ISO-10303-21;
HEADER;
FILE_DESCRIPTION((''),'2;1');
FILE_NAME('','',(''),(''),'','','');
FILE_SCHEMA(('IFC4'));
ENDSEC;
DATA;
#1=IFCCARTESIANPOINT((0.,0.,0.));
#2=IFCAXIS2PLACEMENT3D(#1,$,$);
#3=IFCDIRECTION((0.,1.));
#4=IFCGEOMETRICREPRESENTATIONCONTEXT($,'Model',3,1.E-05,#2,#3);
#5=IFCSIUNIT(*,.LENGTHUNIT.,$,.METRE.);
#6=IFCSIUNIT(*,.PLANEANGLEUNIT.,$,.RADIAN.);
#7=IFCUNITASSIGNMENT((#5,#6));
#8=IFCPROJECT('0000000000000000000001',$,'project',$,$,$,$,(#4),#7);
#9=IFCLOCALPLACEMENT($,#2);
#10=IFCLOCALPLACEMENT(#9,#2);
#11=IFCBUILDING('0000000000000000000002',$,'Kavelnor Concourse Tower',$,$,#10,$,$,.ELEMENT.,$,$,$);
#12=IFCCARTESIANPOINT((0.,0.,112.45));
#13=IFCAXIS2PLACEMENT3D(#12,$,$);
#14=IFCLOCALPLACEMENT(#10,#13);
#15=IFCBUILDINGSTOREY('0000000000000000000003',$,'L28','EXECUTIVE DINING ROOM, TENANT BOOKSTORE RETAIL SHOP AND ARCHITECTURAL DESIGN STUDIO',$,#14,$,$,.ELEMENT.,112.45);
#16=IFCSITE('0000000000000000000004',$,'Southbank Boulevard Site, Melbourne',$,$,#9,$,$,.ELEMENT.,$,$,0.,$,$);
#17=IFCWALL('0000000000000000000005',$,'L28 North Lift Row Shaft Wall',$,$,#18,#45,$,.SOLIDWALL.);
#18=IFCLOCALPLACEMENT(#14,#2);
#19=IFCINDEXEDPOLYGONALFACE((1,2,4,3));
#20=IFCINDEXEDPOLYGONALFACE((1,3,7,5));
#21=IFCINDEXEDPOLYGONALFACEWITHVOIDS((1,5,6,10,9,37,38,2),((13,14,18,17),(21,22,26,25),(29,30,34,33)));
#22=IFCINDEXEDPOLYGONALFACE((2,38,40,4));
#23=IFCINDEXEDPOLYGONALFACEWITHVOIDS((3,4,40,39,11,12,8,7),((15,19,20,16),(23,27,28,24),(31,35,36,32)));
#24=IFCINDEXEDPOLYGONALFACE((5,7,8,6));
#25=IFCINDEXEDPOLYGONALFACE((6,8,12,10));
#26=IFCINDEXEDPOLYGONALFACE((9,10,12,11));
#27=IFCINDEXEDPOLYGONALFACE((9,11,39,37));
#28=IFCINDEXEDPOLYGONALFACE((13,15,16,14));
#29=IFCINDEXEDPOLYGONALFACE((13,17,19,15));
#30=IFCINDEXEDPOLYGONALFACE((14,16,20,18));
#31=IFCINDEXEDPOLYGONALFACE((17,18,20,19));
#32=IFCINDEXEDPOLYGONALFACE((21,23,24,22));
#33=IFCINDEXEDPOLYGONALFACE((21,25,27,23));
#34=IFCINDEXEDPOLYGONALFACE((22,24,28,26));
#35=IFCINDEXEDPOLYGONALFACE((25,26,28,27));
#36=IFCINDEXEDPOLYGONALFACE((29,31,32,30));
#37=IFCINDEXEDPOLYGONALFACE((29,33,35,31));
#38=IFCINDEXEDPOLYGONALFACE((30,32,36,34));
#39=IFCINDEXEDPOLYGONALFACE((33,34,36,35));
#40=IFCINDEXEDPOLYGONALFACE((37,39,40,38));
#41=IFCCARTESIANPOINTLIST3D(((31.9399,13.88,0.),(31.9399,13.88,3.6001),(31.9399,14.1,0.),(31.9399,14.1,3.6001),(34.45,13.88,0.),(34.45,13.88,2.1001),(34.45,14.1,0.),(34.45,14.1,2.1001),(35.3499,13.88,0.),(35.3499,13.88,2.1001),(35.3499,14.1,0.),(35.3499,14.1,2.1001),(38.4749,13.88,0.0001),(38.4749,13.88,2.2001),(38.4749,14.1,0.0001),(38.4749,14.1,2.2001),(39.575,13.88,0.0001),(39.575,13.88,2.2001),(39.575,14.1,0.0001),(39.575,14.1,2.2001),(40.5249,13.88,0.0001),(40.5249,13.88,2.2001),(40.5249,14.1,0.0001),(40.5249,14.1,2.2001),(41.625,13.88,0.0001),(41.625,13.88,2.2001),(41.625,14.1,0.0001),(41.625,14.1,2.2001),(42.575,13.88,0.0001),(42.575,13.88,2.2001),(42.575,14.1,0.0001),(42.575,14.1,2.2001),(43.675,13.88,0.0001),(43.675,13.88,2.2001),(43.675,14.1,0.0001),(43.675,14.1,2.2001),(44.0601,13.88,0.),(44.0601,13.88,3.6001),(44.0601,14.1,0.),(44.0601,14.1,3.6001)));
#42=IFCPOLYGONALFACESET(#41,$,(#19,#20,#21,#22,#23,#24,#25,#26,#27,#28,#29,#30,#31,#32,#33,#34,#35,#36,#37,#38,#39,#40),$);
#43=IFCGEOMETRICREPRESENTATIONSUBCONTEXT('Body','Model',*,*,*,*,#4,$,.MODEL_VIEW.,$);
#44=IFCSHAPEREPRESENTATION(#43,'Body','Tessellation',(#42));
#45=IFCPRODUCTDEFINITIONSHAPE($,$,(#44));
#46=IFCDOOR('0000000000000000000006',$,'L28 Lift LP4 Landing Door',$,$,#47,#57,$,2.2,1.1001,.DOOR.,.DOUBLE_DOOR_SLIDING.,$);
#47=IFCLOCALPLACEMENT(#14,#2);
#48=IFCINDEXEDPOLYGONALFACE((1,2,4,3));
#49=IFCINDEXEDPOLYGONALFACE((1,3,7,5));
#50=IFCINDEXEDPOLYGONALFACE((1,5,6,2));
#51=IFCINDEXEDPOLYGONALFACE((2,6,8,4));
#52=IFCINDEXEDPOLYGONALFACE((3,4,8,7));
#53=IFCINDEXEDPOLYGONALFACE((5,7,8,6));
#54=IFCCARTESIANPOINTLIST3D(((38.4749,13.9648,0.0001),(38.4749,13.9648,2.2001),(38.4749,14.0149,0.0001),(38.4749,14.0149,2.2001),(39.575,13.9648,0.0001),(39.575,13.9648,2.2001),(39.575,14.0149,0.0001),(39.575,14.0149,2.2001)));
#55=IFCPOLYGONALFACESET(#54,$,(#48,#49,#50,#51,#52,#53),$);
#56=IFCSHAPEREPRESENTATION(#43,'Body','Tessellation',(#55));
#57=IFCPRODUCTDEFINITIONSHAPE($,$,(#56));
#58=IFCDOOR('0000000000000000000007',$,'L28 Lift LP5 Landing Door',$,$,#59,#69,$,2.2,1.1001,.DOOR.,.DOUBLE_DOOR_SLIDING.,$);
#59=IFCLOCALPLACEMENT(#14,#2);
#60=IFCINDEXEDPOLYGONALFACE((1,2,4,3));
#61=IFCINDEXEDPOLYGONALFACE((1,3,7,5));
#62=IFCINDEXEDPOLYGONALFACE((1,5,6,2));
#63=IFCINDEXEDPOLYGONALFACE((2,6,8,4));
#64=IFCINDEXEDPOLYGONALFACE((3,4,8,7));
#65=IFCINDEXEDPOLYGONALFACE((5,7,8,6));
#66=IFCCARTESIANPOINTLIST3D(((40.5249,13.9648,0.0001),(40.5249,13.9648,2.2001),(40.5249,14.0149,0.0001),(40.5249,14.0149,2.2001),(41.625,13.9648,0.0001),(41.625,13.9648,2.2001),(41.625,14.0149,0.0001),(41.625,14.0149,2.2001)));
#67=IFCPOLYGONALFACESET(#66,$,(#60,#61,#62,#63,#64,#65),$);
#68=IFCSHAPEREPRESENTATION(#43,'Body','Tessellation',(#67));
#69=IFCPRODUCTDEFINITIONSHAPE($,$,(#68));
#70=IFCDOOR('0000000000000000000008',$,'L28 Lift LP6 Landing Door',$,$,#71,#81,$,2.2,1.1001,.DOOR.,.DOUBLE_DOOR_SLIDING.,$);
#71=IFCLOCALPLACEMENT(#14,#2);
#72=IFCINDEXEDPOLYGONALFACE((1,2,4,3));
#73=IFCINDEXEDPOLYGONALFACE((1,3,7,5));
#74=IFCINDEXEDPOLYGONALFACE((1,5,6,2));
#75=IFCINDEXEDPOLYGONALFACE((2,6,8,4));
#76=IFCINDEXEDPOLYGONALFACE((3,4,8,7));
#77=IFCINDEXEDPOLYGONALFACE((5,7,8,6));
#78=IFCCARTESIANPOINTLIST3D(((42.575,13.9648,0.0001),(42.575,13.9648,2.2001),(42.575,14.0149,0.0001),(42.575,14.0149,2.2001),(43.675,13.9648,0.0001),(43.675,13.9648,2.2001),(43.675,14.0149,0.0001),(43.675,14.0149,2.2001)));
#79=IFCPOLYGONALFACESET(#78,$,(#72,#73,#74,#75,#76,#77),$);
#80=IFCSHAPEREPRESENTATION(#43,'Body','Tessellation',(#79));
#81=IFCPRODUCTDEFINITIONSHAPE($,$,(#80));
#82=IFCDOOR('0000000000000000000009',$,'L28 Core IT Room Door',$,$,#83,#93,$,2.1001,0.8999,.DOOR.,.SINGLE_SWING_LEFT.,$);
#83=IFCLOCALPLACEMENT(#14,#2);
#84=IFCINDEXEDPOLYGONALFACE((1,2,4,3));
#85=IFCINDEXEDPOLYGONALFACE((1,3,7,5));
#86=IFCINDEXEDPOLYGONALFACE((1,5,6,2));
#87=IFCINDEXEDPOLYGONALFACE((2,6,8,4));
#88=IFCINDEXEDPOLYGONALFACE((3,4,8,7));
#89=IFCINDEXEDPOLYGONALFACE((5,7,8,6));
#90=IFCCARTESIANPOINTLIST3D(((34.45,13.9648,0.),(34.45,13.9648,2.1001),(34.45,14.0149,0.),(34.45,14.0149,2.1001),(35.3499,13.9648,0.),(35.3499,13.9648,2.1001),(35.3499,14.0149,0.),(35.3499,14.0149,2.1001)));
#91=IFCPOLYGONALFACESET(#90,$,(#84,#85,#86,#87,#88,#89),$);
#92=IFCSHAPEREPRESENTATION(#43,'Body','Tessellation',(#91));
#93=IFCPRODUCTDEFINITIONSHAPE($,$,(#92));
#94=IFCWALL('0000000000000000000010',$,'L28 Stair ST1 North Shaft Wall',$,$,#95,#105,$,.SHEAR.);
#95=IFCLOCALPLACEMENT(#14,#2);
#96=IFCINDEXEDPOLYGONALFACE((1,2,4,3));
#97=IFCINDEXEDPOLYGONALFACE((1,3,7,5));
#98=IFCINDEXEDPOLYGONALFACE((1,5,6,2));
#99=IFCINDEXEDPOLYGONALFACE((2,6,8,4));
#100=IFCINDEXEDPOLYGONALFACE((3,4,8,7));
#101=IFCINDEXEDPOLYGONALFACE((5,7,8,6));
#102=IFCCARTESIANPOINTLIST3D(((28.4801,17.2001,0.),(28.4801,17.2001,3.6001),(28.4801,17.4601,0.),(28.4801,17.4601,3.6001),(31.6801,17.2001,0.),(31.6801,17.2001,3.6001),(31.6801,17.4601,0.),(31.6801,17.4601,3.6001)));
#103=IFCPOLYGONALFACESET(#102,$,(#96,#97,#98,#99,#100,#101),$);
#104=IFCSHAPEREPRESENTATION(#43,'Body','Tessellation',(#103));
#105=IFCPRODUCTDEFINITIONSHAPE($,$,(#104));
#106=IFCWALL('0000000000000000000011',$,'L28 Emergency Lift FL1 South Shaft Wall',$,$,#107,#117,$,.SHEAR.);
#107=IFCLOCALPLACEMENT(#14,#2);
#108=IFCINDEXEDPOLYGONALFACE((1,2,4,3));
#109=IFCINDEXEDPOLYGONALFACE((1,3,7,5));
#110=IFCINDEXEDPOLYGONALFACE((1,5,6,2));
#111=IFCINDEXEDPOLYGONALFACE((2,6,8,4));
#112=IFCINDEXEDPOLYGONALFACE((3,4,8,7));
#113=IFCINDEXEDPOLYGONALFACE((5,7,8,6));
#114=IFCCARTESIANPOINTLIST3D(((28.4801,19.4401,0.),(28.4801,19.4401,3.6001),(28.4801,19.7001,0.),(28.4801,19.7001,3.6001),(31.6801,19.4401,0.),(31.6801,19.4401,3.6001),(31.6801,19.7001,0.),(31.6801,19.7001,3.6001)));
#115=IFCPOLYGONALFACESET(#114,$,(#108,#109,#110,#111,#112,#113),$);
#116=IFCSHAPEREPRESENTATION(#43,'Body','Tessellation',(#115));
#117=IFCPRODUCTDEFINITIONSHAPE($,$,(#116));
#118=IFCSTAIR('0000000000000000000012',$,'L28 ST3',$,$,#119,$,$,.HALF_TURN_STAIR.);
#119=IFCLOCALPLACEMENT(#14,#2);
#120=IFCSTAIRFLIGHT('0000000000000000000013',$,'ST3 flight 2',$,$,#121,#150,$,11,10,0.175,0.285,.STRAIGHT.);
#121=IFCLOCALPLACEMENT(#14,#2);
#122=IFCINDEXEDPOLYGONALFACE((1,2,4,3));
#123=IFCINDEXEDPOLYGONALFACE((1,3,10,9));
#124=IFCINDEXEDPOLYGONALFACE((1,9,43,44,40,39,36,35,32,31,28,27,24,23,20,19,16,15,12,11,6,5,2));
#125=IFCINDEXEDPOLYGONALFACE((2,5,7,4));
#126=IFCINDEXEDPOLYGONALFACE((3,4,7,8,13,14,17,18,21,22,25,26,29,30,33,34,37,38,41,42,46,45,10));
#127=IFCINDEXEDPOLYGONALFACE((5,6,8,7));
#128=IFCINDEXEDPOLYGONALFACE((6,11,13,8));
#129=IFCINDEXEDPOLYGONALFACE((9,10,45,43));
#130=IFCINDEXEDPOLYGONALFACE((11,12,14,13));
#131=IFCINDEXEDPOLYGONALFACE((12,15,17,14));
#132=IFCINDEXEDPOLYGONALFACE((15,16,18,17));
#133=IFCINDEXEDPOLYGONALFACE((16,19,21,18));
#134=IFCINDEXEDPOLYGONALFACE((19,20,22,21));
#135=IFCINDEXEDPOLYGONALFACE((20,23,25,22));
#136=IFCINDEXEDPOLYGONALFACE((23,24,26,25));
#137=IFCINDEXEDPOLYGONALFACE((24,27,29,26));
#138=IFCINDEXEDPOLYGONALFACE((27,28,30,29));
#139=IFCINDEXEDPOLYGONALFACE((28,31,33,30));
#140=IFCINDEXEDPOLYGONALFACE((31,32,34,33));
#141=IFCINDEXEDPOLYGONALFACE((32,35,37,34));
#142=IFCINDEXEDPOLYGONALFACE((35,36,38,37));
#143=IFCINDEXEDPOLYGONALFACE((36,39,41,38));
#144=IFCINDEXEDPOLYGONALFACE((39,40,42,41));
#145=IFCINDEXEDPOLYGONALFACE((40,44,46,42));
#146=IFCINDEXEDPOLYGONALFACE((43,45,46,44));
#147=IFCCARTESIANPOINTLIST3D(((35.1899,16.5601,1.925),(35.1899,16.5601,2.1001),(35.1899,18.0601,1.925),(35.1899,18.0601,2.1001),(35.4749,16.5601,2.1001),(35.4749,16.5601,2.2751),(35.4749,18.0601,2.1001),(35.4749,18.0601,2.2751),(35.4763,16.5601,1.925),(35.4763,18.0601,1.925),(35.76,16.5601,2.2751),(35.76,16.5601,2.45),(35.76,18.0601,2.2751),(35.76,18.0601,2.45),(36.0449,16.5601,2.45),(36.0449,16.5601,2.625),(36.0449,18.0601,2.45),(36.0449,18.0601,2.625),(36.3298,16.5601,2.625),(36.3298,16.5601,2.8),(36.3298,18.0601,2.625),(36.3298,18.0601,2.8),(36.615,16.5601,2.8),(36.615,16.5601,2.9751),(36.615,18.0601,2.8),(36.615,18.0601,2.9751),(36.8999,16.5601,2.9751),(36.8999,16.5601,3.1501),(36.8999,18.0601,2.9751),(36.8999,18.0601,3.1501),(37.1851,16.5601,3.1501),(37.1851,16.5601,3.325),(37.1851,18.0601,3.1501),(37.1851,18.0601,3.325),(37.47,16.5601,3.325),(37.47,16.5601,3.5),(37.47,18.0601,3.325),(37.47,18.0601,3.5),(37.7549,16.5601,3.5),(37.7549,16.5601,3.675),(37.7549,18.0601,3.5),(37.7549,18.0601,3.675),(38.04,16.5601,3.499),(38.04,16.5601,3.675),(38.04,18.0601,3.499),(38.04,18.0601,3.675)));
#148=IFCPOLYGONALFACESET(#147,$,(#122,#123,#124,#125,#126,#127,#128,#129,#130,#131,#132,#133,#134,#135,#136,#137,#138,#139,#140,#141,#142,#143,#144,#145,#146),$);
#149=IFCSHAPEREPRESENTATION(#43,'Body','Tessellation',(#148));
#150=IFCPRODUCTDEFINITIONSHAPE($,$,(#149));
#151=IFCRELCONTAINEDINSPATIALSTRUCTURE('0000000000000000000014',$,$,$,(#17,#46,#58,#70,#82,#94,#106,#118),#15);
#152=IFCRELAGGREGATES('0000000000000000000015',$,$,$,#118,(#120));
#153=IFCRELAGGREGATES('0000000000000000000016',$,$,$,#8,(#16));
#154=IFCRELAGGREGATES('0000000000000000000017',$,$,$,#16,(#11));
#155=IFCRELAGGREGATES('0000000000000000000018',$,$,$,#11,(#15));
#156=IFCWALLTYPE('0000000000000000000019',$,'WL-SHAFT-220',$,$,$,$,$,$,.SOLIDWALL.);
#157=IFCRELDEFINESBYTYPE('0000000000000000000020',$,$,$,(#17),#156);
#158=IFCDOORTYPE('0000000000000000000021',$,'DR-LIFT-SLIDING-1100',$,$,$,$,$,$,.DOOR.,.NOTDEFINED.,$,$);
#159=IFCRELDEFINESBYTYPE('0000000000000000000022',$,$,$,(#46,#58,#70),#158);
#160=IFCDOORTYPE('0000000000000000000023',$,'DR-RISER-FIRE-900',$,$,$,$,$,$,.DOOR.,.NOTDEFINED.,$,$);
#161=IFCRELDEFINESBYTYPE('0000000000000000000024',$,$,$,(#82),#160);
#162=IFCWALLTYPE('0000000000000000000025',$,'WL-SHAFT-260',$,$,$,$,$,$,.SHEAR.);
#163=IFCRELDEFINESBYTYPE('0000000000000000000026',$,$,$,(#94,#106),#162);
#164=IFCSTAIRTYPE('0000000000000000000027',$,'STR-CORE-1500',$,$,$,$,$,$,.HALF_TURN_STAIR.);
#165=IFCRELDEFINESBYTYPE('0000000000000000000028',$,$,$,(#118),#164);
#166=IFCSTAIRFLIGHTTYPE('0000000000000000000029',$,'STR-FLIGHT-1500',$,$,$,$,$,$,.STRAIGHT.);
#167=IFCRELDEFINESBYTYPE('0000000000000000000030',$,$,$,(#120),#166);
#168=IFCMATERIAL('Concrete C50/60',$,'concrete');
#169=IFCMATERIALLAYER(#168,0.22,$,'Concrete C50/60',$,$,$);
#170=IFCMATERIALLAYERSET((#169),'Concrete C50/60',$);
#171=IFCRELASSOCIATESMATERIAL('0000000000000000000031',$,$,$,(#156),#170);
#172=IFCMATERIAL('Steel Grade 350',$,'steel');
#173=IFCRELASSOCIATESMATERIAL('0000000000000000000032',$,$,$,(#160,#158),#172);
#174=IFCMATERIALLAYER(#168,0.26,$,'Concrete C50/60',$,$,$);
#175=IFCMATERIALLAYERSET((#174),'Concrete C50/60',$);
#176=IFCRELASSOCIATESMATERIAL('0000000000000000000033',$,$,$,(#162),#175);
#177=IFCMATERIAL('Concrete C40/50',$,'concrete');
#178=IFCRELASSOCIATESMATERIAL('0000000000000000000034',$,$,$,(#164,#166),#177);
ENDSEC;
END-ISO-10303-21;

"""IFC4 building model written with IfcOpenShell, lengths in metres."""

from ifc_helpers import new_model, si_unit, direction, frame, frame_2d, origin, place, context, subcontext, project, spatial, polyline, rectangle, outline, extrude, material, layer, layer_set, type_object, element, fill, aggregate, save


model = new_model("IFC4")

# Units and contexts
model_context = context("Model", 3, precision=1e-05, world=origin(), true_north=direction((0.0, 1.0)))
body_context = subcontext(model_context, "Body", "Model", "MODEL_VIEW")
ifc_project = project(units=[si_unit("LENGTHUNIT", "METRE"), si_unit("PLANEANGLEUNIT", "RADIAN")], contexts=[model_context])

# Site, building, storey
site_placement = place(None, origin())
site = spatial("IfcSite", under=ifc_project, at=site_placement, Name="Southbank Boulevard Site, Melbourne", CompositionType="ELEMENT", RefElevation=0.0)
building_placement = place(site_placement, origin())
building = spatial("IfcBuilding", under=site, at=building_placement, Name="Kavelnor Concourse Tower", CompositionType="ELEMENT")
storey_placement = place(building_placement, frame((0.0, 0.0, 112.45)))
storey = spatial("IfcBuildingStorey", under=building, at=storey_placement, Name="L28", Description="EXECUTIVE DINING ROOM, TENANT BOOKSTORE RETAIL SHOP AND ARCHITECTURAL DESIGN STUDIO", CompositionType="ELEMENT", Elevation=112.45)

# Shared definitions
ifc_material_1 = material(Name="Steel Grade 350", Category="steel")

# Shared definitions
ifc_material_2 = material(Name="Concrete C50/60", Category="concrete")
ifc_layer_1 = layer(ifc_material_2, 0.22, Name="Concrete C50/60")
ifc_layer_set_1 = layer_set([ifc_layer_1], Name="Concrete C50/60")
wall_type_1 = type_object("IfcWallType", Name="WL-SHAFT-220", PredefinedType="SOLIDWALL", material=ifc_layer_set_1)
door_type_1 = type_object("IfcDoorType", Name="DR-RISER-FIRE-900", OperationType="NOTDEFINED", PredefinedType="DOOR", material=ifc_material_1)

# Wall, openings, doors
wall_1_placement = place(storey_placement, frame((31.9399, 13.99, 0.0), z_axis=(0.0, 0.0, 1.0), x_axis=(1.0, 0.0, 0.0)))
wall_1 = element("IfcWall", 1, at=wall_1_placement, inside=storey, type_object=wall_type_1, Name="L28 North Lift Row Shaft Wall", PredefinedType="SOLIDWALL", context=body_context, shape_type="SweptSolid", body=[
    extrude(rectangle(XDim=12.1201, YDim=0.22, at=frame_2d((6.0601, 0.0))), origin(), (0.0, 0.0, 1.0), 3.6001),
])
opening_1_placement = place(wall_1_placement, frame((2.51, 0.0, 0.0)))
opening_1 = element("IfcOpeningElement", 2, at=opening_1_placement, cuts=wall_1, PredefinedType="OPENING", context=body_context, shape_type="SweptSolid", body=[
    extrude(rectangle(XDim=0.8999, YDim=2.1001, at=frame_2d((0.45, 1.05))), frame((0.0, 0.1201, 0.0), z_axis=(0.0, -1.0, 0.0), x_axis=(1.0, 0.0, 0.0)), (0.0, 0.0, 1.0), 0.24),
])
opening_2_placement = place(wall_1_placement, frame((6.5349, 0.0, 0.0)))
opening_2 = element("IfcOpeningElement", 3, at=opening_2_placement, cuts=wall_1, PredefinedType="OPENING", context=body_context, shape_type="SweptSolid", body=[
    extrude(rectangle(XDim=1.1001, YDim=2.2, at=frame_2d((0.55, 1.1001))), frame((0.0, 0.1201, 0.0), z_axis=(0.0, -1.0, 0.0), x_axis=(1.0, 0.0, 0.0)), (0.0, 0.0, 1.0), 0.24),
])
opening_3_placement = place(wall_1_placement, frame((8.585, 0.0, 0.0)))
opening_3 = element("IfcOpeningElement", 4, at=opening_3_placement, cuts=wall_1, PredefinedType="OPENING", context=body_context, shape_type="SweptSolid", body=[
    extrude(rectangle(XDim=1.1001, YDim=2.2, at=frame_2d((0.55, 1.1001))), frame((0.0, 0.1201, 0.0), z_axis=(0.0, -1.0, 0.0), x_axis=(1.0, 0.0, 0.0)), (0.0, 0.0, 1.0), 0.24),
])
opening_4_placement = place(wall_1_placement, frame((10.635, 0.0, 0.0)))
opening_4 = element("IfcOpeningElement", 5, at=opening_4_placement, cuts=wall_1, PredefinedType="OPENING", context=body_context, shape_type="SweptSolid", body=[
    extrude(rectangle(XDim=1.1001, YDim=2.2, at=frame_2d((0.55, 1.1001))), frame((0.0, 0.1201, 0.0), z_axis=(0.0, -1.0, 0.0), x_axis=(1.0, 0.0, 0.0)), (0.0, 0.0, 1.0), 0.24),
])
door_type_2 = type_object("IfcDoorType", Name="DR-LIFT-SLIDING-1100", OperationType="NOTDEFINED", PredefinedType="DOOR", material=ifc_material_1)
door_1_placement = place(opening_2_placement, origin())
door_1 = element("IfcDoor", 6, at=door_1_placement, inside=storey, type_object=door_type_2, Name="L28 Lift LP4 Landing Door", OperationType="DOUBLE_DOOR_SLIDING", OverallHeight=2.2, OverallWidth=1.1001, PredefinedType="DOOR", context=body_context, shape_type="SweptSolid", body=[
    extrude(rectangle(XDim=1.1001, YDim=2.2, at=frame_2d((0.55, 1.1001))), frame((0.0, 0.0249, 0.0), z_axis=(0.0, -1.0, 0.0), x_axis=(1.0, 0.0, 0.0)), (0.0, 0.0, 1.0), 0.05),
])
fill(opening_2, door_1)
door_2_placement = place(opening_3_placement, origin())
door_2 = element("IfcDoor", 7, at=door_2_placement, inside=storey, type_object=door_type_2, Name="L28 Lift LP5 Landing Door", OperationType="DOUBLE_DOOR_SLIDING", OverallHeight=2.2, OverallWidth=1.1001, PredefinedType="DOOR", context=body_context, shape_type="SweptSolid", body=[
    extrude(rectangle(XDim=1.1001, YDim=2.2, at=frame_2d((0.55, 1.1001))), frame((0.0, 0.0249, 0.0), z_axis=(0.0, -1.0, 0.0), x_axis=(1.0, 0.0, 0.0)), (0.0, 0.0, 1.0), 0.05),
])
fill(opening_3, door_2)
door_3_placement = place(opening_4_placement, origin())
door_3 = element("IfcDoor", 8, at=door_3_placement, inside=storey, type_object=door_type_2, Name="L28 Lift LP6 Landing Door", OperationType="DOUBLE_DOOR_SLIDING", OverallHeight=2.2, OverallWidth=1.1001, PredefinedType="DOOR", context=body_context, shape_type="SweptSolid", body=[
    extrude(rectangle(XDim=1.1001, YDim=2.2, at=frame_2d((0.55, 1.1001))), frame((0.0, 0.0249, 0.0), z_axis=(0.0, -1.0, 0.0), x_axis=(1.0, 0.0, 0.0)), (0.0, 0.0, 1.0), 0.05),
])
fill(opening_4, door_3)
door_4_placement = place(opening_1_placement, origin())
door_4 = element("IfcDoor", 9, at=door_4_placement, inside=storey, type_object=door_type_1, Name="L28 Core IT Room Door", OperationType="SINGLE_SWING_LEFT", OverallHeight=2.1001, OverallWidth=0.8999, PredefinedType="DOOR", context=body_context, shape_type="SweptSolid", body=[
    extrude(rectangle(XDim=0.8999, YDim=2.1001, at=frame_2d((0.45, 1.05))), frame((0.0, 0.0249, 0.0), z_axis=(0.0, -1.0, 0.0), x_axis=(1.0, 0.0, 0.0)), (0.0, 0.0, 1.0), 0.05),
])
fill(opening_1, door_4)

# Walls
ifc_layer_2 = layer(ifc_material_2, 0.26, Name="Concrete C50/60")
ifc_layer_set_2 = layer_set([ifc_layer_2], Name="Concrete C50/60")
wall_type_2 = type_object("IfcWallType", Name="WL-SHAFT-260", PredefinedType="SHEAR", material=ifc_layer_set_2)
for number, where, z_axis, x_axis, name in (
    (10, (28.48, 17.3301, 0.0), (0.0, 0.0, 1.0), (1.0, 0.0, 0.0), "L28 Stair ST1 North Shaft Wall"),
    (11, (28.48, 19.5701, 0.0), (0.0, 0.0, 1.0), (1.0, 0.0, 0.0), "L28 Emergency Lift FL1 South Shaft Wall"),
):
    element("IfcWall", number, at=place(storey_placement, frame(where, z_axis=z_axis, x_axis=x_axis)), inside=storey, type_object=wall_type_2, Name=name, PredefinedType="SHEAR", context=body_context, shape_type="SweptSolid", body=[
        extrude(rectangle(XDim=3.2, YDim=0.26, at=frame_2d((1.6001, 0.0))), origin(), (0.0, 0.0, 1.0), 3.6001),
    ])

# Stair, stair flight
ifc_material_3 = material(Name="Concrete C40/50", Category="concrete")
stair_type = type_object("IfcStairType", Name="STR-CORE-1500", PredefinedType="HALF_TURN_STAIR", material=ifc_material_3)
stair_placement = place(storey_placement, origin())
stair = element("IfcStair", 12, at=stair_placement, inside=storey, type_object=stair_type, Name="L28 ST3", PredefinedType="HALF_TURN_STAIR")
stair_flight_type = type_object("IfcStairFlightType", Name="STR-FLIGHT-1500", PredefinedType="STRAIGHT", material=ifc_material_3)
stair_flight_placement = place(storey_placement, frame((35.1899, 17.3101, 1.925), z_axis=(0.0, 0.0, 1.0), x_axis=(1.0, 0.0, 0.0)))
stair_flight = element("IfcStairFlight", 13, at=stair_flight_placement, type_object=stair_flight_type, Name="ST3 flight 2", NumberOfRisers=11, NumberOfTreads=10, PredefinedType="STRAIGHT", RiserHeight=0.175, TreadLength=0.285, context=body_context, shape_type="SweptSolid", body=[
    extrude(outline(polyline([(0.0, 0.0), (0.0, 0.175), (0.2849, 0.175), (0.2849, 0.3501), (0.5701, 0.3501), (0.5701, 0.5249), (0.855, 0.5249), (0.855, 0.7), (1.1399, 0.7), (1.1399, 0.875), (1.425, 0.875), (1.425, 1.05), (1.71, 1.05), (1.71, 1.2251), (1.9951, 1.2251), (1.9951, 1.3999), (2.28, 1.3999), (2.28, 1.575), (2.5649, 1.575), (2.5649, 1.75), (2.8501, 1.75), (2.8501, 1.925), (2.8501, 1.574), (0.2864, 0.0), (0.0, 0.0)])), frame((0.0, 0.75, 0.0), z_axis=(0.0, -1.0, 0.0), x_axis=(1.0, 0.0, 0.0)), (0.0, 0.0, 1.0), 1.5),
])
aggregate(stair, [stair_flight])

save(model, "model.ifc")
